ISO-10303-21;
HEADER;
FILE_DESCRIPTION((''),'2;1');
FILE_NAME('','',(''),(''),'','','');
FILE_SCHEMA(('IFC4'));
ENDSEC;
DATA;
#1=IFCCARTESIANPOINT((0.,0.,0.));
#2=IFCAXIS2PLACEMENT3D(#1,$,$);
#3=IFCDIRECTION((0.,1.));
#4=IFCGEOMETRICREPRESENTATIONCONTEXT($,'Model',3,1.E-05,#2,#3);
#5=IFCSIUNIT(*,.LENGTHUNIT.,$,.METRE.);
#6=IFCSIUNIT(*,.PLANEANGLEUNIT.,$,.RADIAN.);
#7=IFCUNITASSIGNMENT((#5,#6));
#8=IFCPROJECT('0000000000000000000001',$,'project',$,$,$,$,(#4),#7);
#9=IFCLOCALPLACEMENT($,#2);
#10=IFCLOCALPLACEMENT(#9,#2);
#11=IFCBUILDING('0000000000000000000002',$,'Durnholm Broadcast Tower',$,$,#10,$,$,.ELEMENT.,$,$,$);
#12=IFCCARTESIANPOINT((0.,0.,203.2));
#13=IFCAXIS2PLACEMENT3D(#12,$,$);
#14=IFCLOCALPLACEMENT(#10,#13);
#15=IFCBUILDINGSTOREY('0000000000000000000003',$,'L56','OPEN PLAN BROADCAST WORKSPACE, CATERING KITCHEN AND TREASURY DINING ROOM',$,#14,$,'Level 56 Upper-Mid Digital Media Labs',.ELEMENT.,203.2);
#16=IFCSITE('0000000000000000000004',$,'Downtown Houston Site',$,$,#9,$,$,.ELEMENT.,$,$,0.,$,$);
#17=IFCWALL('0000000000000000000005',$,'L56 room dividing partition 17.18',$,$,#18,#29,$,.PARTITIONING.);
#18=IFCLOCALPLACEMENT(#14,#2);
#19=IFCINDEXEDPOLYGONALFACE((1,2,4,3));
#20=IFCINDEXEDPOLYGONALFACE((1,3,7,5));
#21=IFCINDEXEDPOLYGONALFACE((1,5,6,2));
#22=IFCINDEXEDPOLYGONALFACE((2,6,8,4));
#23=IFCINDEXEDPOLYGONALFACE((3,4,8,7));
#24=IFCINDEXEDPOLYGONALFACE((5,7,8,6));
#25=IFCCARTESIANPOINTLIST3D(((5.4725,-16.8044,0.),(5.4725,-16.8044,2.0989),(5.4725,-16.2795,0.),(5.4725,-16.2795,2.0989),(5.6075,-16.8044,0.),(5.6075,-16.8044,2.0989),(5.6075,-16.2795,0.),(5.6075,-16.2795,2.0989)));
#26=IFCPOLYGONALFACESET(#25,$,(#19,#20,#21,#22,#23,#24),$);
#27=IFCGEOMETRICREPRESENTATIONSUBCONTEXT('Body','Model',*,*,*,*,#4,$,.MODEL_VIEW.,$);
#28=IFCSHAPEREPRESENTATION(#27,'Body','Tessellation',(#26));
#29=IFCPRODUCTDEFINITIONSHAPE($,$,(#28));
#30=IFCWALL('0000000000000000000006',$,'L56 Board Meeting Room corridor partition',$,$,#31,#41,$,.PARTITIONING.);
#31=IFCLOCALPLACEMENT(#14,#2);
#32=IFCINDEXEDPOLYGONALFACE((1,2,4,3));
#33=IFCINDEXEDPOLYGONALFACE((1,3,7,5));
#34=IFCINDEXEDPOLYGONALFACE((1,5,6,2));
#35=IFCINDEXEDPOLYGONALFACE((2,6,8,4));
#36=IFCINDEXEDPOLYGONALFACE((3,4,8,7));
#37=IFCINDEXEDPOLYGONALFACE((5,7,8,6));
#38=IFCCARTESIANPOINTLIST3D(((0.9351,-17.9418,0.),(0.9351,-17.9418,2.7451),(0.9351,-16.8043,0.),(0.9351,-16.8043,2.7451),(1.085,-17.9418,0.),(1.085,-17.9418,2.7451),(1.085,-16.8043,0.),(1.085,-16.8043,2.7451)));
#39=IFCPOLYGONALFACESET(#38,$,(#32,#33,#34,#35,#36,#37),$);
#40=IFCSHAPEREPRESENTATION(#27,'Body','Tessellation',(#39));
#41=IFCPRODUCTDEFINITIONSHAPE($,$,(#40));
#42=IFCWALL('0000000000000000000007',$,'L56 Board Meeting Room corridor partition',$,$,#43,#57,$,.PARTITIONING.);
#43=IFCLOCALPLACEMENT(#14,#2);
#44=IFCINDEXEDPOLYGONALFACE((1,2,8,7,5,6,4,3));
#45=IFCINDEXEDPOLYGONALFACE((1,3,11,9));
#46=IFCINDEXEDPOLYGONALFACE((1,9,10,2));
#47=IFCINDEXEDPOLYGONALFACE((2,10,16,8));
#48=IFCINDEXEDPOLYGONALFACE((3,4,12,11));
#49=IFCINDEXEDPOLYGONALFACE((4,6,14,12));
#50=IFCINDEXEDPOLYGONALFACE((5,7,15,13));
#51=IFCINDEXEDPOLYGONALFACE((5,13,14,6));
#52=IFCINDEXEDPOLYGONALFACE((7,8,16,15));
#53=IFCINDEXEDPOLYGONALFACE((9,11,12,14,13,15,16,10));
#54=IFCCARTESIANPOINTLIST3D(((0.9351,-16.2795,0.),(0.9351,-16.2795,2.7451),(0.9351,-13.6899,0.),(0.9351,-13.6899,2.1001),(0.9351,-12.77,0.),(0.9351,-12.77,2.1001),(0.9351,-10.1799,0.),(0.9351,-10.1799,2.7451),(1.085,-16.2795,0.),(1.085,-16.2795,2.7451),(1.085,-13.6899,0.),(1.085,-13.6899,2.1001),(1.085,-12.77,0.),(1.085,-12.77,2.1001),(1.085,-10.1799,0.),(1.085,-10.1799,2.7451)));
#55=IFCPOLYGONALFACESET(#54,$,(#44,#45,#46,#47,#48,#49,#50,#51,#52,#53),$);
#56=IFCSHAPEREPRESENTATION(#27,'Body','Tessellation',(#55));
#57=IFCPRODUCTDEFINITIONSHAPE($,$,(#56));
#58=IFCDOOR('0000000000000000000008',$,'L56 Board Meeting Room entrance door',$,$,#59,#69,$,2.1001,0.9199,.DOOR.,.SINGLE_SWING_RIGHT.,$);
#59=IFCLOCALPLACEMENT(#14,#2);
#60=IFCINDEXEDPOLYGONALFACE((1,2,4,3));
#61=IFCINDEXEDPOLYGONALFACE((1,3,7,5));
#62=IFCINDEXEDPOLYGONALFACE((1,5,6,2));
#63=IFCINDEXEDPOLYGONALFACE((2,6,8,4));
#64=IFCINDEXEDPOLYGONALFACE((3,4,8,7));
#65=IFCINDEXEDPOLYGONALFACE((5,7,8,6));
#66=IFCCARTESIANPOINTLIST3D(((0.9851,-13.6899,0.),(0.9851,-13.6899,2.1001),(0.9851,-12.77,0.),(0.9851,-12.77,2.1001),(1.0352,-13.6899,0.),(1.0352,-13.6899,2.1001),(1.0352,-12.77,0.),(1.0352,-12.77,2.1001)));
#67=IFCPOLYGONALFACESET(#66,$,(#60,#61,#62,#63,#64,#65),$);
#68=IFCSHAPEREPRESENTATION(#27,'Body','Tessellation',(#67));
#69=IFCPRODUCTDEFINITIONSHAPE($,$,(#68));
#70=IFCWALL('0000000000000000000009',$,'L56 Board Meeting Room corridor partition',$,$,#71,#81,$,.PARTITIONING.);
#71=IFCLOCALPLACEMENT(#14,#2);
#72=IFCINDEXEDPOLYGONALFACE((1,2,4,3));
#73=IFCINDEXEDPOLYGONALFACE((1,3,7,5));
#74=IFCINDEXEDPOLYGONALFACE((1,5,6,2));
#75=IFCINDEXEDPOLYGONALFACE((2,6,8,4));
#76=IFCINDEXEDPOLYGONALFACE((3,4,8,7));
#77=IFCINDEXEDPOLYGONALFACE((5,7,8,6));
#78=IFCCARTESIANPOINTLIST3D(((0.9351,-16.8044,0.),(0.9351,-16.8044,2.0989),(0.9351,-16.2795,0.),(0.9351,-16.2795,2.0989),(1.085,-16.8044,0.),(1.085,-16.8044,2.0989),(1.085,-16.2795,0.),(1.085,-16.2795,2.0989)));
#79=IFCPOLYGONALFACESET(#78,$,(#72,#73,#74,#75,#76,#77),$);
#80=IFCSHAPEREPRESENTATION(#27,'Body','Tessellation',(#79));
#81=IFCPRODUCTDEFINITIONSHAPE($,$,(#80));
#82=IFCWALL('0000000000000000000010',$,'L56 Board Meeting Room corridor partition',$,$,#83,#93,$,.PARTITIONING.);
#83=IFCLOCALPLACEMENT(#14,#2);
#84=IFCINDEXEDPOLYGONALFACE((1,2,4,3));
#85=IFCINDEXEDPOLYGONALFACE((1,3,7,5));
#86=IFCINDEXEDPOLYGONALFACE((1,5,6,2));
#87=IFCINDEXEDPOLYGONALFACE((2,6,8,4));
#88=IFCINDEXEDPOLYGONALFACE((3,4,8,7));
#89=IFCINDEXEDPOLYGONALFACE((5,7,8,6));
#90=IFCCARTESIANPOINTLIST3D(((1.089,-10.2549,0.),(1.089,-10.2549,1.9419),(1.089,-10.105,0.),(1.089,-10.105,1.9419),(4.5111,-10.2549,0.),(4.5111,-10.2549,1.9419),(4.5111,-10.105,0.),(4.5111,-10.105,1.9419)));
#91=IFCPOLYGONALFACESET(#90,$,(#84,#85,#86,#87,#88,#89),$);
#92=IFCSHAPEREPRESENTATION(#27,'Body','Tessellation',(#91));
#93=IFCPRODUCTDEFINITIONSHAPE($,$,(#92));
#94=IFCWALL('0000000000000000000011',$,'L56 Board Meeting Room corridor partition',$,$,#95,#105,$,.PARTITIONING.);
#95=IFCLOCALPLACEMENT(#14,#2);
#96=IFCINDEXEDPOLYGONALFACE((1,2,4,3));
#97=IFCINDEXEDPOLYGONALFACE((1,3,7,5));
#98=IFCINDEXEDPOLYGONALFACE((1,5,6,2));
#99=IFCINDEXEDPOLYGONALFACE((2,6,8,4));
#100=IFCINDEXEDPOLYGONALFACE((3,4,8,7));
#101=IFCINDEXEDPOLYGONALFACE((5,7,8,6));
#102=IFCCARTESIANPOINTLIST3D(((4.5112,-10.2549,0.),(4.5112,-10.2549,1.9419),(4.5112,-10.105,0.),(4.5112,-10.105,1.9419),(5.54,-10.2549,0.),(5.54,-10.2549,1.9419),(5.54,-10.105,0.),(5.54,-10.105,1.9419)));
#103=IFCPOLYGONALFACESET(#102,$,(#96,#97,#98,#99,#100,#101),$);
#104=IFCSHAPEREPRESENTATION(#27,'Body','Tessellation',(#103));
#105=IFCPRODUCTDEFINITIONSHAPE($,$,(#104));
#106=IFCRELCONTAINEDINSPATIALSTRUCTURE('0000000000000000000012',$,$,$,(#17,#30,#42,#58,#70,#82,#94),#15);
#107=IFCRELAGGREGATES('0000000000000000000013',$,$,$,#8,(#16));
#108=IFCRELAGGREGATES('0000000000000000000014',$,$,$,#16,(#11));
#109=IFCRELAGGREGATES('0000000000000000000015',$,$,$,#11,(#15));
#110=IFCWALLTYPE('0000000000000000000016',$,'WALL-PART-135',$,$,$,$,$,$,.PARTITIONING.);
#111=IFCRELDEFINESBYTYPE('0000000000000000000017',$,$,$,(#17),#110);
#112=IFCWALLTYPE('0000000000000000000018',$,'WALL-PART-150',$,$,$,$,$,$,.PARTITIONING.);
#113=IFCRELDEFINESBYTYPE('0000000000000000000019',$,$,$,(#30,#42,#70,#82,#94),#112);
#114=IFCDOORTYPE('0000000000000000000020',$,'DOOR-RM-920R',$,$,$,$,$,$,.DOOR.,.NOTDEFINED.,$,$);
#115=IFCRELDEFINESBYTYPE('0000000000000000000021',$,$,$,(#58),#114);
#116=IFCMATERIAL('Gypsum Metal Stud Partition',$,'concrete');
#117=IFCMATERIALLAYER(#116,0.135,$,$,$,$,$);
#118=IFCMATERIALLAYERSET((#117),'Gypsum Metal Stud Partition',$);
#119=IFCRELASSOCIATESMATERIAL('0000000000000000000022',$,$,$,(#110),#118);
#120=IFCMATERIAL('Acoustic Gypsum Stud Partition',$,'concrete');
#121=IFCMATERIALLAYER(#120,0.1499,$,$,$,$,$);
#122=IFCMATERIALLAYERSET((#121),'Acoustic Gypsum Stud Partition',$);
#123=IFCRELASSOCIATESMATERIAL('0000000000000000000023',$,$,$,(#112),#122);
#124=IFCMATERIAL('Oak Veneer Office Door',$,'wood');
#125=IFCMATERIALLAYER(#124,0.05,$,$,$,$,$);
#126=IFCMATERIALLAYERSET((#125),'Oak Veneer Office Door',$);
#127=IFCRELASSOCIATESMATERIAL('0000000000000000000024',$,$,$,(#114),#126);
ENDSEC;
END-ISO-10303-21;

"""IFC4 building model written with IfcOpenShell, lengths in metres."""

from ifc_helpers import new_model, si_unit, direction, frame, frame_2d, origin, place, context, subcontext, project, spatial, rectangle, extrude, source, transform, mapped, material, layer, layer_set, type_object, type_shapes, element, fill, save


model = new_model("IFC4")

# Units and contexts
model_context = context("Model", 3, precision=1e-05, world=origin(), true_north=direction((0.0, 1.0)))
body_context = subcontext(model_context, "Body", "Model", "MODEL_VIEW")
ifc_project = project(units=[si_unit("LENGTHUNIT", "METRE"), si_unit("PLANEANGLEUNIT", "RADIAN")], contexts=[model_context])

# Site, building, storey
site_placement = place(None, origin())
site = spatial("IfcSite", under=ifc_project, at=site_placement, Name="Downtown Houston Site", CompositionType="ELEMENT", RefElevation=0.0)
building_placement = place(site_placement, origin())
building = spatial("IfcBuilding", under=site, at=building_placement, Name="Durnholm Broadcast Tower", CompositionType="ELEMENT")
storey_placement = place(building_placement, frame((0.0, 0.0, 203.2)))
storey = spatial("IfcBuildingStorey", under=building, at=storey_placement, Name="L56", Description="OPEN PLAN BROADCAST WORKSPACE, CATERING KITCHEN AND TREASURY DINING ROOM", LongName="Level 56 Upper-Mid Digital Media Labs", CompositionType="ELEMENT", Elevation=203.2)

# Shared definitions
ifc_material_1 = material(Name="Gypsum Metal Stud Partition", Category="concrete")
ifc_layer_1 = layer(ifc_material_1, 0.135)
ifc_layer_set_1 = layer_set([ifc_layer_1], Name="Gypsum Metal Stud Partition")
wall_type_1 = type_object("IfcWallType", Name="WALL-PART-135", PredefinedType="PARTITIONING", material=ifc_layer_set_1)

# Walls
wall_1_placement = place(storey_placement, frame((5.54, -16.2795, 0.0), z_axis=(0.0, 0.0, 1.0), x_axis=(0.0, -1.0, 0.0)))
element("IfcWall", 1, at=wall_1_placement, inside=storey, type_object=wall_type_1, Name="L56 room dividing partition 17.18", PredefinedType="PARTITIONING", context=body_context, shape_type="SweptSolid", body=[
    extrude(rectangle(XDim=0.5249, YDim=0.135, at=frame_2d((0.2625, 0.0))), origin(), (0.0, 0.0, 1.0), 2.0989),
])
ifc_material_2 = material(Name="Acoustic Gypsum Stud Partition", Category="concrete")
ifc_layer_2 = layer(ifc_material_2, 0.1499)
ifc_layer_set_2 = layer_set([ifc_layer_2], Name="Acoustic Gypsum Stud Partition")
wall_type_2 = type_object("IfcWallType", Name="WALL-PART-150", PredefinedType="PARTITIONING", material=ifc_layer_set_2)
wall_2_placement = place(storey_placement, frame((1.01, -17.9419, 0.0), z_axis=(0.0, 0.0, 1.0), x_axis=(0.0, 1.0, 0.0)))
element("IfcWall", 2, at=wall_2_placement, inside=storey, type_object=wall_type_2, Name="L56 Board Meeting Room corridor partition", PredefinedType="PARTITIONING", context=body_context, shape_type="SweptSolid", body=[
    extrude(rectangle(XDim=1.1375, YDim=0.1499, at=frame_2d((0.5688, 0.0))), origin(), (0.0, 0.0, 1.0), 2.7451),
])

# Wall, opening, door
wall_3_placement = place(storey_placement, frame((1.01, -16.2795, 0.0), z_axis=(0.0, 0.0, 1.0), x_axis=(0.0, 1.0, 0.0)))
wall_3 = element("IfcWall", 3, at=wall_3_placement, inside=storey, type_object=wall_type_2, Name="L56 Board Meeting Room corridor partition", PredefinedType="PARTITIONING", context=body_context, shape_type="SweptSolid", body=[
    extrude(rectangle(XDim=6.0996, YDim=0.1499, at=frame_2d((3.0498, 0.0))), origin(), (0.0, 0.0, 1.0), 2.7451),
])
opening_1_placement = place(wall_3_placement, frame((2.5896, 0.0, 0.0)))
opening_1 = element("IfcOpeningElement", 4, at=opening_1_placement, cuts=wall_3, PredefinedType="OPENING", context=body_context, shape_type="SweptSolid", body=[
    extrude(rectangle(XDim=0.9199, YDim=2.1001, at=frame_2d((0.46, 1.05))), frame((0.0, 0.085, 0.0), z_axis=(0.0, -1.0, 0.0), x_axis=(1.0, 0.0, 0.0)), (0.0, 0.0, 1.0), 0.1699),
])
ifc_material_3 = material(Name="Oak Veneer Office Door", Category="wood")
ifc_layer_3 = layer(ifc_material_3, 0.05)
ifc_layer_set_3 = layer_set([ifc_layer_3], Name="Oak Veneer Office Door")
door_type_1 = type_object("IfcDoorType", Name="DOOR-RM-920R", OperationType="NOTDEFINED", PredefinedType="DOOR", material=ifc_layer_set_3)
shared_shape_1 = source(origin(), body_context, "Body", "SweptSolid", [
    extrude(rectangle(XDim=0.9199, YDim=2.1001, at=frame_2d((0.46, 1.05))), frame((0.0, 0.0249, 0.0), z_axis=(0.0, -1.0, 0.0), x_axis=(1.0, 0.0, 0.0)), (0.0, 0.0, 1.0), 0.05),
])
type_shapes(door_type_1, [shared_shape_1])
door_1_placement = place(opening_1_placement, origin())
door_1 = element("IfcDoor", 5, at=door_1_placement, inside=storey, type_object=door_type_1, Name="L56 Board Meeting Room entrance door", OperationType="SINGLE_SWING_RIGHT", OverallHeight=2.1001, OverallWidth=0.9199, PredefinedType="DOOR", context=body_context, shape_type="MappedRepresentation", body=[
    mapped(shared_shape_1, transform((0.0, 0.0, 0.0), x_axis=(1.0, 0.0, 0.0), y_axis=(0.0, 1.0, 0.0), z_axis=(0.0, 0.0, 1.0), scale=1.0)),
])
fill(opening_1, door_1)

# Walls
wall_4_placement = place(storey_placement, frame((1.01, -16.8044, 0.0), z_axis=(0.0, 0.0, 1.0), x_axis=(0.0, 1.0, 0.0)))
element("IfcWall", 6, at=wall_4_placement, inside=storey, type_object=wall_type_2, Name="L56 Board Meeting Room corridor partition", PredefinedType="PARTITIONING", context=body_context, shape_type="SweptSolid", body=[
    extrude(rectangle(XDim=0.5249, YDim=0.1499, at=frame_2d((0.2625, 0.0))), origin(), (0.0, 0.0, 1.0), 2.0989),
])
wall_5_placement = place(storey_placement, frame((1.0891, -10.1799, 0.0), z_axis=(0.0, 0.0, 1.0), x_axis=(1.0, 0.0, 0.0)))
element("IfcWall", 7, at=wall_5_placement, inside=storey, type_object=wall_type_2, Name="L56 Board Meeting Room corridor partition", PredefinedType="PARTITIONING", context=body_context, shape_type="SweptSolid", body=[
    extrude(rectangle(XDim=3.4221, YDim=0.1499, at=frame_2d((1.7109, 0.0))), origin(), (0.0, 0.0, 1.0), 1.9419),
])
wall_6_placement = place(storey_placement, frame((4.5112, -10.1799, 0.0), z_axis=(0.0, 0.0, 1.0), x_axis=(1.0, 0.0, 0.0)))
element("IfcWall", 8, at=wall_6_placement, inside=storey, type_object=wall_type_2, Name="L56 Board Meeting Room corridor partition", PredefinedType="PARTITIONING", context=body_context, shape_type="SweptSolid", body=[
    extrude(rectangle(XDim=1.0288, YDim=0.1499, at=frame_2d((0.5144, 0.0))), origin(), (0.0, 0.0, 1.0), 1.9419),
])

save(model, "model.ifc")
